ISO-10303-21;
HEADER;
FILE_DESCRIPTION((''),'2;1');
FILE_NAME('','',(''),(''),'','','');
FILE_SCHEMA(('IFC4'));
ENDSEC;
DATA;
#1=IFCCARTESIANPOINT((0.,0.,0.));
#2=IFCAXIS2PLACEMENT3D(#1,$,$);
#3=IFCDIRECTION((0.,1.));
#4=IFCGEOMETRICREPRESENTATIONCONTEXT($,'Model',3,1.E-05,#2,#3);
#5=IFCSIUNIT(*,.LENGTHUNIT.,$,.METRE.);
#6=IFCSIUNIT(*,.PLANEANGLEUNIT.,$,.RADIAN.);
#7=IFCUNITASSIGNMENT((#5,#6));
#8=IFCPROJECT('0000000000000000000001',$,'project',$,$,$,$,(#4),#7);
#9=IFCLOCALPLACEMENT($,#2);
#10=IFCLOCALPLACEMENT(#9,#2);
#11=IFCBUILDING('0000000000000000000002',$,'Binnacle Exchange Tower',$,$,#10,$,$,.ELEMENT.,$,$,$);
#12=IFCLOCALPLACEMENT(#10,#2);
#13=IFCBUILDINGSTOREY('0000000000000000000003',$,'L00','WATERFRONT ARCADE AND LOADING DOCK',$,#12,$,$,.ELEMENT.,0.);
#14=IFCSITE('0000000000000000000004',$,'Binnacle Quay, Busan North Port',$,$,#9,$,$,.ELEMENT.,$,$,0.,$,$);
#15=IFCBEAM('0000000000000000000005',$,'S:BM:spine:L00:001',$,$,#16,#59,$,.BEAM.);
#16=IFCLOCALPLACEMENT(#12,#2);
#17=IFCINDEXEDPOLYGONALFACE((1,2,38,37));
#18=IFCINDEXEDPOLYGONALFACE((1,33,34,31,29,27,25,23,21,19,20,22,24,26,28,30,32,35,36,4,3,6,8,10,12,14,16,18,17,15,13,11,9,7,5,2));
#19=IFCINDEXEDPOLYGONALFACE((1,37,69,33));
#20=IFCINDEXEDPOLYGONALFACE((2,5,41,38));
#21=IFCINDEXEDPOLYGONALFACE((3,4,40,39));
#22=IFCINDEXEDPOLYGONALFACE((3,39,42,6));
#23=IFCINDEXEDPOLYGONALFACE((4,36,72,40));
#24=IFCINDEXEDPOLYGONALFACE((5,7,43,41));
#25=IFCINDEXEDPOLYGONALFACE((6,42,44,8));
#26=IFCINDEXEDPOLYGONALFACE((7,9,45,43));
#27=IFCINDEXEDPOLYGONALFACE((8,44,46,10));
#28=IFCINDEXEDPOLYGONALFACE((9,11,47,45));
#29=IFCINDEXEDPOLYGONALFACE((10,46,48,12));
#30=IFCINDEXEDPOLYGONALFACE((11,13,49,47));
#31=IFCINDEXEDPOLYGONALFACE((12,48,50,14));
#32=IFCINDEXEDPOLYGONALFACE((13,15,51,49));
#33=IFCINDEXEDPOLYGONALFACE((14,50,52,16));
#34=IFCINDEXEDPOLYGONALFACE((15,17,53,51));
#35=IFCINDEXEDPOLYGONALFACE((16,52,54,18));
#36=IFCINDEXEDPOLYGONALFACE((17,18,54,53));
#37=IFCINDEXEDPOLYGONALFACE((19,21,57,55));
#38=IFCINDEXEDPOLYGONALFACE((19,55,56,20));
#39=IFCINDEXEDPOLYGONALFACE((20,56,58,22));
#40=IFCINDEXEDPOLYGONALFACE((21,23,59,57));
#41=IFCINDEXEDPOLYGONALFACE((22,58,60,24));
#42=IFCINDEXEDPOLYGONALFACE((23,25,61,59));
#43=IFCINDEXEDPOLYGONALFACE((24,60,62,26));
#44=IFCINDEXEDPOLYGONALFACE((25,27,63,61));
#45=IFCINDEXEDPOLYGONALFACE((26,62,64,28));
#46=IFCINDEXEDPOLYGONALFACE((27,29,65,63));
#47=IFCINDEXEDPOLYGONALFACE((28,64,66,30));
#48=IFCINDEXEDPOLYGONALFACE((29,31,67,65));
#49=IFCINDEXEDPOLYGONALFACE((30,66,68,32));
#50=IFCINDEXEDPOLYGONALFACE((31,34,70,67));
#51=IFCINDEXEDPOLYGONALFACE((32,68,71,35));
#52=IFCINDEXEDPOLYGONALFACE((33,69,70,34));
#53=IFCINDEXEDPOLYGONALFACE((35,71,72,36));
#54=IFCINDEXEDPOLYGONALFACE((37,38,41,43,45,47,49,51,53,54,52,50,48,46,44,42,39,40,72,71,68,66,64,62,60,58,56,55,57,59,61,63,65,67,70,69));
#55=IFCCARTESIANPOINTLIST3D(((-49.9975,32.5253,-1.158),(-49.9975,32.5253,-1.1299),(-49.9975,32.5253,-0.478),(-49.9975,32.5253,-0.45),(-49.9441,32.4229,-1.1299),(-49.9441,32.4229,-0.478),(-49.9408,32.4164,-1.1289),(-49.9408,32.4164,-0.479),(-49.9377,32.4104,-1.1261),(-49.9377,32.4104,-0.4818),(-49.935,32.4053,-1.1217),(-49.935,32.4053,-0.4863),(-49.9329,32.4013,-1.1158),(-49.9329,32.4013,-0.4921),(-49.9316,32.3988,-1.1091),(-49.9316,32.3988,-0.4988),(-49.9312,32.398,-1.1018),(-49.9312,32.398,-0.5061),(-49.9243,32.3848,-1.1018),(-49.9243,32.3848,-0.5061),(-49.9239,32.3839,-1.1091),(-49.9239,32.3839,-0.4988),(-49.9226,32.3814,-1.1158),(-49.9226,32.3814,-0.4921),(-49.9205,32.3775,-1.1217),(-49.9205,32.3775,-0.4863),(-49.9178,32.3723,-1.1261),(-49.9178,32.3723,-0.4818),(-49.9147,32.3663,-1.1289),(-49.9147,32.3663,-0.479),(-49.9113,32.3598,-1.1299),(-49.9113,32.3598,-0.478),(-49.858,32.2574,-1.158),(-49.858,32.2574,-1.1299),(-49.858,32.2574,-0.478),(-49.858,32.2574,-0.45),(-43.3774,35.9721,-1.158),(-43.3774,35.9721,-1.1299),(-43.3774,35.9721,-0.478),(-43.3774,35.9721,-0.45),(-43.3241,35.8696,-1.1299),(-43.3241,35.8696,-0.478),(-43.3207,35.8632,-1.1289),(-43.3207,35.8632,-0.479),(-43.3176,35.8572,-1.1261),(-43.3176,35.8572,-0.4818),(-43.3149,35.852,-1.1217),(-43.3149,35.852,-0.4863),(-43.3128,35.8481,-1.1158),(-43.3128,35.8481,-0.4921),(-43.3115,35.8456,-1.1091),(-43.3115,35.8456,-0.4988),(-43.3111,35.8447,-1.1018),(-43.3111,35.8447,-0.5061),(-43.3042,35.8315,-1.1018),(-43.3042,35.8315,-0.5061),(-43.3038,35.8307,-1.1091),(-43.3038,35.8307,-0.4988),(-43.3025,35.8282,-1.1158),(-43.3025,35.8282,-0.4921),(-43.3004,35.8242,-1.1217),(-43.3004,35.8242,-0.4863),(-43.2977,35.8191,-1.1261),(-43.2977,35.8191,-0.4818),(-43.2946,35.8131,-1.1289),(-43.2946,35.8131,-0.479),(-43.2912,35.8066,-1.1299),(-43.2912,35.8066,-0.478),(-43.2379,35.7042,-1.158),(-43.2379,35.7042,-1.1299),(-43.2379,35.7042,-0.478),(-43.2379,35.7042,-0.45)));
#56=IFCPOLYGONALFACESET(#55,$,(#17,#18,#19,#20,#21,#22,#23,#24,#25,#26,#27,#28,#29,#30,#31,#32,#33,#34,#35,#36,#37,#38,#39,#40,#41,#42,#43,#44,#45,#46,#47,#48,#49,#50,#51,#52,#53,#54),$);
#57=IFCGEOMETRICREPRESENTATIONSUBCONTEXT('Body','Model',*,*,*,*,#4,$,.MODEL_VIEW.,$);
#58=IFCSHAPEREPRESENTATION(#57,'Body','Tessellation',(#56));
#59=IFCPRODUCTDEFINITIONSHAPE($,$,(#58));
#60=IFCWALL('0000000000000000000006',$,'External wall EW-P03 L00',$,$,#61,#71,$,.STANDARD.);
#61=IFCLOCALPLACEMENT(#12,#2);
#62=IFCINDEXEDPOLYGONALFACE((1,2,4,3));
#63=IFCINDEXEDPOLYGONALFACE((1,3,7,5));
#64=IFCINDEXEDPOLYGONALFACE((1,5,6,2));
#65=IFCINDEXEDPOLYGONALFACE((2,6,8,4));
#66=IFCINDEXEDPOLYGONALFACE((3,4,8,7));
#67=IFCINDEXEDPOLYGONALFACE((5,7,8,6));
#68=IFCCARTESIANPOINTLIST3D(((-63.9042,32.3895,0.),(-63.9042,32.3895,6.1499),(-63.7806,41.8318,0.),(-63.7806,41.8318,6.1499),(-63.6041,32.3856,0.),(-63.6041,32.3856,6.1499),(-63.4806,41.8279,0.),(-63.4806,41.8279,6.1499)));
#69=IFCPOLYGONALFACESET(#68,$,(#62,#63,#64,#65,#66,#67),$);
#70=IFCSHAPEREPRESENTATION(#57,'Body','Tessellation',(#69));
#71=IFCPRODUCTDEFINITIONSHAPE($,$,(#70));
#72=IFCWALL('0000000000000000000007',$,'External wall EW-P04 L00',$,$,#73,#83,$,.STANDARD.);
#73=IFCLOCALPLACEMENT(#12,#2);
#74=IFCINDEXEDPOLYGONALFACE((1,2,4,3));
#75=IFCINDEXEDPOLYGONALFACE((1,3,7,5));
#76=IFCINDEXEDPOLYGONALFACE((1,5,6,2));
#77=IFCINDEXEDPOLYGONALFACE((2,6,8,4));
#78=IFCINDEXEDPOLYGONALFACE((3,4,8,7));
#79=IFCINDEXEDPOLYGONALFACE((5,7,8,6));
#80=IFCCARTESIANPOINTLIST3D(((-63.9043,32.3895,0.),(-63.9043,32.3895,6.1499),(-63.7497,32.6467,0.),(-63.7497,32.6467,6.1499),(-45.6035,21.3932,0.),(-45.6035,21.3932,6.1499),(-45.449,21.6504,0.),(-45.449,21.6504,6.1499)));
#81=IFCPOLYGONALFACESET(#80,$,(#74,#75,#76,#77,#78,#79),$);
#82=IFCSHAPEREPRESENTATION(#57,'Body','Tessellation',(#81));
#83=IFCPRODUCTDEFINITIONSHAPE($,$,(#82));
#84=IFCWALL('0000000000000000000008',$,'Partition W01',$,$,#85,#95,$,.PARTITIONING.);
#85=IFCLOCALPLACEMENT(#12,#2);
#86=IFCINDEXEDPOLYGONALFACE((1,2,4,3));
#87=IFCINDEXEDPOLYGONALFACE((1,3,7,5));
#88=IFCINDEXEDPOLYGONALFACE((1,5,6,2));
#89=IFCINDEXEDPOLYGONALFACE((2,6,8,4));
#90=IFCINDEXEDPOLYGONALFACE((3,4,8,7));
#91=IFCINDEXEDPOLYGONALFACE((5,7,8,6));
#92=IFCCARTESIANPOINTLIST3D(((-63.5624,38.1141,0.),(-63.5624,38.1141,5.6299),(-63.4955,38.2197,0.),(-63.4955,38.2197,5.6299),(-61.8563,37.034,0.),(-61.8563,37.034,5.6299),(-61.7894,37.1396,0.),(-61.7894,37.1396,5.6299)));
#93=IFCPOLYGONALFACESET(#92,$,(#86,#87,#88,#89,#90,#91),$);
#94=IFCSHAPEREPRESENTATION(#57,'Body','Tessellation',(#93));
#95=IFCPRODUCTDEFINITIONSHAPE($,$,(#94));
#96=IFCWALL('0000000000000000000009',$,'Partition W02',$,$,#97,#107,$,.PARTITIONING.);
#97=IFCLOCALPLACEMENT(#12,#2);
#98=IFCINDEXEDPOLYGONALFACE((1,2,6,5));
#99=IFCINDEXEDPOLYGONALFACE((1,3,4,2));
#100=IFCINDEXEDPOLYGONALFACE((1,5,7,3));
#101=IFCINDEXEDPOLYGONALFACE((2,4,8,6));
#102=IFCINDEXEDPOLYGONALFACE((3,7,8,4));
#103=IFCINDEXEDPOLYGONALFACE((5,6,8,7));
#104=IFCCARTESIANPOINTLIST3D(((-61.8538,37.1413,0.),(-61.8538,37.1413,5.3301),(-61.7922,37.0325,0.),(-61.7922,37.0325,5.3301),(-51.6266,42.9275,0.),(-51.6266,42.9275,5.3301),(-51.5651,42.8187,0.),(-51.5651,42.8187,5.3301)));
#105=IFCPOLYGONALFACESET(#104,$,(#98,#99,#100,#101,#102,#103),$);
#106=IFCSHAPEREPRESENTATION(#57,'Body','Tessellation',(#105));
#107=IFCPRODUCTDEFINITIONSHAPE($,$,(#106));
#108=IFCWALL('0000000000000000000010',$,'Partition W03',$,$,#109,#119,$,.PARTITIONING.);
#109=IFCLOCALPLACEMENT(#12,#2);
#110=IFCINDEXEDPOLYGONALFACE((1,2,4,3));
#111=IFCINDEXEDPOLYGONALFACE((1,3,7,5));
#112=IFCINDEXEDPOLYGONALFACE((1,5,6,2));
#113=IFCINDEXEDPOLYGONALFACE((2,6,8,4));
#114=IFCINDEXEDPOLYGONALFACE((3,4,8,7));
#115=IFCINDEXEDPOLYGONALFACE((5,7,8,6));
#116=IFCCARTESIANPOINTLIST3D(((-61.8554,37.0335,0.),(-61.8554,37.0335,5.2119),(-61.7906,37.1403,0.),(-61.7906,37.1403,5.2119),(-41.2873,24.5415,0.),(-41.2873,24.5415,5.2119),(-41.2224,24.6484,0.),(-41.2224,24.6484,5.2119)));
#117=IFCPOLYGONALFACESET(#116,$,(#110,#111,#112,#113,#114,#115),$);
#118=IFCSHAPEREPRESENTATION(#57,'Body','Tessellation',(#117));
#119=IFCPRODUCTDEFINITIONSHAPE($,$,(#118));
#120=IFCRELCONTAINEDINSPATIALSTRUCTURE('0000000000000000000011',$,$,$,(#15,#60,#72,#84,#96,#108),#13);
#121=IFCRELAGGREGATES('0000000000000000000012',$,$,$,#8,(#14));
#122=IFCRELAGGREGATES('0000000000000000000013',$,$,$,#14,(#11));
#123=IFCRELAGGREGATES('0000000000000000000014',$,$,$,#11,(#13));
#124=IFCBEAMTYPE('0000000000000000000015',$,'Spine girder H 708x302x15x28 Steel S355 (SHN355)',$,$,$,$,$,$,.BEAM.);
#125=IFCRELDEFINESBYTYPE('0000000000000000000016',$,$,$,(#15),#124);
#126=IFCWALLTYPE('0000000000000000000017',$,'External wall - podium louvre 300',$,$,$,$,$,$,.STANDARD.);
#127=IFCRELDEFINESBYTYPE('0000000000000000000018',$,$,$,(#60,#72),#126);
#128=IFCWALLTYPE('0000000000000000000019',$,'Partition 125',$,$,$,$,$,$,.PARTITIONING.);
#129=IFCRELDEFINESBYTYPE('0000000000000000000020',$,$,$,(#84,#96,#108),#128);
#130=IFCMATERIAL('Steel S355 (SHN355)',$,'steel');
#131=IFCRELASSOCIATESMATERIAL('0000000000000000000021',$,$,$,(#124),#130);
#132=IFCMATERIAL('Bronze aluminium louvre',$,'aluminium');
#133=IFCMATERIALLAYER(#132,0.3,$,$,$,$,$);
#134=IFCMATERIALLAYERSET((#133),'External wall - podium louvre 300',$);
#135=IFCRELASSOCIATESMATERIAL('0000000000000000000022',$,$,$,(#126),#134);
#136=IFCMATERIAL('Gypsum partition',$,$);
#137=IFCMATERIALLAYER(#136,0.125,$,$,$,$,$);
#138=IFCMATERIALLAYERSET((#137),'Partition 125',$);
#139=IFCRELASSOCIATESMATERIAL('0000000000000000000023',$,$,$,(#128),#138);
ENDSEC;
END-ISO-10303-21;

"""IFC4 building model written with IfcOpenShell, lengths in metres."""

from ifc_helpers import new_model, si_unit, direction, frame, frame_2d, origin, origin_2d, place, context, subcontext, project, spatial, rectangle, i_section, extrude, material, layer, layer_set, material_profile, profile_set, type_object, element, save


model = new_model("IFC4")

# Units and contexts
model_context = context("Model", 3, precision=1e-05, world=origin(), true_north=direction((0.0, 1.0)))
body_context = subcontext(model_context, "Body", "Model", "MODEL_VIEW")
ifc_project = project(units=[si_unit("LENGTHUNIT", "METRE"), si_unit("PLANEANGLEUNIT", "RADIAN")], contexts=[model_context])

# Site, building, storey
site_placement = place(None, origin())
site = spatial("IfcSite", under=ifc_project, at=site_placement, Name="Binnacle Quay, Busan North Port", CompositionType="ELEMENT", RefElevation=0.0)
building_placement = place(site_placement, origin())
building = spatial("IfcBuilding", under=site, at=building_placement, Name="Binnacle Exchange Tower", CompositionType="ELEMENT")
storey_placement = place(building_placement, origin())
storey = spatial("IfcBuildingStorey", under=building, at=storey_placement, Name="L00", Description="WATERFRONT ARCADE AND LOADING DOCK", CompositionType="ELEMENT", Elevation=0.0)

# Beam
ifc_material_1 = material(Name="Steel S355 (SHN355)", Category="steel")
ifc_material_profile_1 = material_profile(ifc_material_1, i_section(OverallWidth=0.302, OverallDepth=0.708, WebThickness=0.0149, FlangeThickness=0.0281, FilletRadius=0.0281, at=origin_2d()), Name="H 708x302x15x28")
ifc_profile_set_1 = profile_set([ifc_material_profile_1], Name="Steel S355 (SHN355)")
beam_type_1 = type_object("IfcBeamType", Name="Spine girder H 708x302x15x28 Steel S355 (SHN355)", PredefinedType="BEAM", material=ifc_profile_set_1)
beam_1_placement = place(storey_placement, frame((-49.9277, 32.3914, -0.804), z_axis=(0.88698, 0.461808, 0.0), x_axis=(-0.461808, 0.88698, 0.0)))
element("IfcBeam", 1, at=beam_1_placement, inside=storey, type_object=beam_type_1, Name="S:BM:spine:L00:001", PredefinedType="BEAM", context=body_context, shape_type="SweptSolid", body=[
    extrude(i_section(OverallWidth=0.302, OverallDepth=0.708, WebThickness=0.0149, FlangeThickness=0.0281, FilletRadius=0.0281, at=origin_2d()), origin(), (0.0, 0.0, 1.0), 7.4636),
])

# Walls
ifc_material_2 = material(Name="Bronze aluminium louvre", Category="aluminium")
ifc_layer_1 = layer(ifc_material_2, 0.3)
ifc_layer_set_1 = layer_set([ifc_layer_1], Name="External wall - podium louvre 300")
wall_type_1 = type_object("IfcWallType", Name="External wall - podium louvre 300", PredefinedType="STANDARD", material=ifc_layer_set_1)
wall_1_placement = place(storey_placement, frame((-63.7542, 32.3875, 0.0), z_axis=(0.0, 0.0, 1.0), x_axis=(0.013082, 0.999914, 0.0)))
element("IfcWall", 2, at=wall_1_placement, inside=storey, type_object=wall_type_1, Name="External wall EW-P03 L00", PredefinedType="STANDARD", context=body_context, shape_type="SweptSolid", body=[
    extrude(rectangle(XDim=9.4431, YDim=0.3, at=frame_2d((4.7217, 0.0))), origin(), (0.0, 0.0, 1.0), 6.1499),
])
wall_2_placement = place(storey_placement, frame((-45.5261, 21.5217, 0.0), z_axis=(0.0, 0.0, 1.0), x_axis=(-0.857165, 0.515042, 0.0)))
element("IfcWall", 3, at=wall_2_placement, inside=storey, type_object=wall_type_1, Name="External wall EW-P04 L00", PredefinedType="STANDARD", context=body_context, shape_type="SweptSolid", body=[
    extrude(rectangle(XDim=21.3503, YDim=0.3, at=frame_2d((10.6753, 0.0))), origin(), (0.0, 0.0, 1.0), 6.1499),
])
ifc_material_3 = material(Name="Gypsum partition")
ifc_layer_2 = layer(ifc_material_3, 0.125)
ifc_layer_set_2 = layer_set([ifc_layer_2], Name="Partition 125")
wall_type_2 = type_object("IfcWallType", Name="Partition 125", PredefinedType="PARTITIONING", material=ifc_layer_set_2)
wall_3_placement = place(storey_placement, frame((-63.5291, 38.167, 0.0), z_axis=(0.0, 0.0, 1.0), x_axis=(0.844914, -0.534902, 0.0)))
element("IfcWall", 4, at=wall_3_placement, inside=storey, type_object=wall_type_2, Name="Partition W01", PredefinedType="PARTITIONING", context=body_context, shape_type="SweptSolid", body=[
    extrude(rectangle(XDim=2.0193, YDim=0.125, at=frame_2d((1.0098, 0.0))), origin(), (0.0, 0.0, 1.0), 5.6299),
])
wall_4_placement = place(storey_placement, frame((-61.823, 37.0869, 0.0), z_axis=(0.0, 0.0, 1.0), x_axis=(0.870358, 0.49242, 0.0)))
element("IfcWall", 5, at=wall_4_placement, inside=storey, type_object=wall_type_2, Name="Partition W02", PredefinedType="PARTITIONING", context=body_context, shape_type="SweptSolid", body=[
    extrude(rectangle(XDim=11.7505, YDim=0.125, at=frame_2d((5.8752, 0.0))), origin(), (0.0, 0.0, 1.0), 5.3301),
])
wall_5_placement = place(storey_placement, frame((-61.823, 37.0869, 0.0), z_axis=(0.0, 0.0, 1.0), x_axis=(0.854711, -0.519104, 0.0)))
element("IfcWall", 6, at=wall_5_placement, inside=storey, type_object=wall_type_2, Name="Partition W03", PredefinedType="PARTITIONING", context=body_context, shape_type="SweptSolid", body=[
    extrude(rectangle(XDim=24.0645, YDim=0.125, at=frame_2d((12.0322, 0.0))), origin(), (0.0, 0.0, 1.0), 5.2119),
])

save(model, "model.ifc")
